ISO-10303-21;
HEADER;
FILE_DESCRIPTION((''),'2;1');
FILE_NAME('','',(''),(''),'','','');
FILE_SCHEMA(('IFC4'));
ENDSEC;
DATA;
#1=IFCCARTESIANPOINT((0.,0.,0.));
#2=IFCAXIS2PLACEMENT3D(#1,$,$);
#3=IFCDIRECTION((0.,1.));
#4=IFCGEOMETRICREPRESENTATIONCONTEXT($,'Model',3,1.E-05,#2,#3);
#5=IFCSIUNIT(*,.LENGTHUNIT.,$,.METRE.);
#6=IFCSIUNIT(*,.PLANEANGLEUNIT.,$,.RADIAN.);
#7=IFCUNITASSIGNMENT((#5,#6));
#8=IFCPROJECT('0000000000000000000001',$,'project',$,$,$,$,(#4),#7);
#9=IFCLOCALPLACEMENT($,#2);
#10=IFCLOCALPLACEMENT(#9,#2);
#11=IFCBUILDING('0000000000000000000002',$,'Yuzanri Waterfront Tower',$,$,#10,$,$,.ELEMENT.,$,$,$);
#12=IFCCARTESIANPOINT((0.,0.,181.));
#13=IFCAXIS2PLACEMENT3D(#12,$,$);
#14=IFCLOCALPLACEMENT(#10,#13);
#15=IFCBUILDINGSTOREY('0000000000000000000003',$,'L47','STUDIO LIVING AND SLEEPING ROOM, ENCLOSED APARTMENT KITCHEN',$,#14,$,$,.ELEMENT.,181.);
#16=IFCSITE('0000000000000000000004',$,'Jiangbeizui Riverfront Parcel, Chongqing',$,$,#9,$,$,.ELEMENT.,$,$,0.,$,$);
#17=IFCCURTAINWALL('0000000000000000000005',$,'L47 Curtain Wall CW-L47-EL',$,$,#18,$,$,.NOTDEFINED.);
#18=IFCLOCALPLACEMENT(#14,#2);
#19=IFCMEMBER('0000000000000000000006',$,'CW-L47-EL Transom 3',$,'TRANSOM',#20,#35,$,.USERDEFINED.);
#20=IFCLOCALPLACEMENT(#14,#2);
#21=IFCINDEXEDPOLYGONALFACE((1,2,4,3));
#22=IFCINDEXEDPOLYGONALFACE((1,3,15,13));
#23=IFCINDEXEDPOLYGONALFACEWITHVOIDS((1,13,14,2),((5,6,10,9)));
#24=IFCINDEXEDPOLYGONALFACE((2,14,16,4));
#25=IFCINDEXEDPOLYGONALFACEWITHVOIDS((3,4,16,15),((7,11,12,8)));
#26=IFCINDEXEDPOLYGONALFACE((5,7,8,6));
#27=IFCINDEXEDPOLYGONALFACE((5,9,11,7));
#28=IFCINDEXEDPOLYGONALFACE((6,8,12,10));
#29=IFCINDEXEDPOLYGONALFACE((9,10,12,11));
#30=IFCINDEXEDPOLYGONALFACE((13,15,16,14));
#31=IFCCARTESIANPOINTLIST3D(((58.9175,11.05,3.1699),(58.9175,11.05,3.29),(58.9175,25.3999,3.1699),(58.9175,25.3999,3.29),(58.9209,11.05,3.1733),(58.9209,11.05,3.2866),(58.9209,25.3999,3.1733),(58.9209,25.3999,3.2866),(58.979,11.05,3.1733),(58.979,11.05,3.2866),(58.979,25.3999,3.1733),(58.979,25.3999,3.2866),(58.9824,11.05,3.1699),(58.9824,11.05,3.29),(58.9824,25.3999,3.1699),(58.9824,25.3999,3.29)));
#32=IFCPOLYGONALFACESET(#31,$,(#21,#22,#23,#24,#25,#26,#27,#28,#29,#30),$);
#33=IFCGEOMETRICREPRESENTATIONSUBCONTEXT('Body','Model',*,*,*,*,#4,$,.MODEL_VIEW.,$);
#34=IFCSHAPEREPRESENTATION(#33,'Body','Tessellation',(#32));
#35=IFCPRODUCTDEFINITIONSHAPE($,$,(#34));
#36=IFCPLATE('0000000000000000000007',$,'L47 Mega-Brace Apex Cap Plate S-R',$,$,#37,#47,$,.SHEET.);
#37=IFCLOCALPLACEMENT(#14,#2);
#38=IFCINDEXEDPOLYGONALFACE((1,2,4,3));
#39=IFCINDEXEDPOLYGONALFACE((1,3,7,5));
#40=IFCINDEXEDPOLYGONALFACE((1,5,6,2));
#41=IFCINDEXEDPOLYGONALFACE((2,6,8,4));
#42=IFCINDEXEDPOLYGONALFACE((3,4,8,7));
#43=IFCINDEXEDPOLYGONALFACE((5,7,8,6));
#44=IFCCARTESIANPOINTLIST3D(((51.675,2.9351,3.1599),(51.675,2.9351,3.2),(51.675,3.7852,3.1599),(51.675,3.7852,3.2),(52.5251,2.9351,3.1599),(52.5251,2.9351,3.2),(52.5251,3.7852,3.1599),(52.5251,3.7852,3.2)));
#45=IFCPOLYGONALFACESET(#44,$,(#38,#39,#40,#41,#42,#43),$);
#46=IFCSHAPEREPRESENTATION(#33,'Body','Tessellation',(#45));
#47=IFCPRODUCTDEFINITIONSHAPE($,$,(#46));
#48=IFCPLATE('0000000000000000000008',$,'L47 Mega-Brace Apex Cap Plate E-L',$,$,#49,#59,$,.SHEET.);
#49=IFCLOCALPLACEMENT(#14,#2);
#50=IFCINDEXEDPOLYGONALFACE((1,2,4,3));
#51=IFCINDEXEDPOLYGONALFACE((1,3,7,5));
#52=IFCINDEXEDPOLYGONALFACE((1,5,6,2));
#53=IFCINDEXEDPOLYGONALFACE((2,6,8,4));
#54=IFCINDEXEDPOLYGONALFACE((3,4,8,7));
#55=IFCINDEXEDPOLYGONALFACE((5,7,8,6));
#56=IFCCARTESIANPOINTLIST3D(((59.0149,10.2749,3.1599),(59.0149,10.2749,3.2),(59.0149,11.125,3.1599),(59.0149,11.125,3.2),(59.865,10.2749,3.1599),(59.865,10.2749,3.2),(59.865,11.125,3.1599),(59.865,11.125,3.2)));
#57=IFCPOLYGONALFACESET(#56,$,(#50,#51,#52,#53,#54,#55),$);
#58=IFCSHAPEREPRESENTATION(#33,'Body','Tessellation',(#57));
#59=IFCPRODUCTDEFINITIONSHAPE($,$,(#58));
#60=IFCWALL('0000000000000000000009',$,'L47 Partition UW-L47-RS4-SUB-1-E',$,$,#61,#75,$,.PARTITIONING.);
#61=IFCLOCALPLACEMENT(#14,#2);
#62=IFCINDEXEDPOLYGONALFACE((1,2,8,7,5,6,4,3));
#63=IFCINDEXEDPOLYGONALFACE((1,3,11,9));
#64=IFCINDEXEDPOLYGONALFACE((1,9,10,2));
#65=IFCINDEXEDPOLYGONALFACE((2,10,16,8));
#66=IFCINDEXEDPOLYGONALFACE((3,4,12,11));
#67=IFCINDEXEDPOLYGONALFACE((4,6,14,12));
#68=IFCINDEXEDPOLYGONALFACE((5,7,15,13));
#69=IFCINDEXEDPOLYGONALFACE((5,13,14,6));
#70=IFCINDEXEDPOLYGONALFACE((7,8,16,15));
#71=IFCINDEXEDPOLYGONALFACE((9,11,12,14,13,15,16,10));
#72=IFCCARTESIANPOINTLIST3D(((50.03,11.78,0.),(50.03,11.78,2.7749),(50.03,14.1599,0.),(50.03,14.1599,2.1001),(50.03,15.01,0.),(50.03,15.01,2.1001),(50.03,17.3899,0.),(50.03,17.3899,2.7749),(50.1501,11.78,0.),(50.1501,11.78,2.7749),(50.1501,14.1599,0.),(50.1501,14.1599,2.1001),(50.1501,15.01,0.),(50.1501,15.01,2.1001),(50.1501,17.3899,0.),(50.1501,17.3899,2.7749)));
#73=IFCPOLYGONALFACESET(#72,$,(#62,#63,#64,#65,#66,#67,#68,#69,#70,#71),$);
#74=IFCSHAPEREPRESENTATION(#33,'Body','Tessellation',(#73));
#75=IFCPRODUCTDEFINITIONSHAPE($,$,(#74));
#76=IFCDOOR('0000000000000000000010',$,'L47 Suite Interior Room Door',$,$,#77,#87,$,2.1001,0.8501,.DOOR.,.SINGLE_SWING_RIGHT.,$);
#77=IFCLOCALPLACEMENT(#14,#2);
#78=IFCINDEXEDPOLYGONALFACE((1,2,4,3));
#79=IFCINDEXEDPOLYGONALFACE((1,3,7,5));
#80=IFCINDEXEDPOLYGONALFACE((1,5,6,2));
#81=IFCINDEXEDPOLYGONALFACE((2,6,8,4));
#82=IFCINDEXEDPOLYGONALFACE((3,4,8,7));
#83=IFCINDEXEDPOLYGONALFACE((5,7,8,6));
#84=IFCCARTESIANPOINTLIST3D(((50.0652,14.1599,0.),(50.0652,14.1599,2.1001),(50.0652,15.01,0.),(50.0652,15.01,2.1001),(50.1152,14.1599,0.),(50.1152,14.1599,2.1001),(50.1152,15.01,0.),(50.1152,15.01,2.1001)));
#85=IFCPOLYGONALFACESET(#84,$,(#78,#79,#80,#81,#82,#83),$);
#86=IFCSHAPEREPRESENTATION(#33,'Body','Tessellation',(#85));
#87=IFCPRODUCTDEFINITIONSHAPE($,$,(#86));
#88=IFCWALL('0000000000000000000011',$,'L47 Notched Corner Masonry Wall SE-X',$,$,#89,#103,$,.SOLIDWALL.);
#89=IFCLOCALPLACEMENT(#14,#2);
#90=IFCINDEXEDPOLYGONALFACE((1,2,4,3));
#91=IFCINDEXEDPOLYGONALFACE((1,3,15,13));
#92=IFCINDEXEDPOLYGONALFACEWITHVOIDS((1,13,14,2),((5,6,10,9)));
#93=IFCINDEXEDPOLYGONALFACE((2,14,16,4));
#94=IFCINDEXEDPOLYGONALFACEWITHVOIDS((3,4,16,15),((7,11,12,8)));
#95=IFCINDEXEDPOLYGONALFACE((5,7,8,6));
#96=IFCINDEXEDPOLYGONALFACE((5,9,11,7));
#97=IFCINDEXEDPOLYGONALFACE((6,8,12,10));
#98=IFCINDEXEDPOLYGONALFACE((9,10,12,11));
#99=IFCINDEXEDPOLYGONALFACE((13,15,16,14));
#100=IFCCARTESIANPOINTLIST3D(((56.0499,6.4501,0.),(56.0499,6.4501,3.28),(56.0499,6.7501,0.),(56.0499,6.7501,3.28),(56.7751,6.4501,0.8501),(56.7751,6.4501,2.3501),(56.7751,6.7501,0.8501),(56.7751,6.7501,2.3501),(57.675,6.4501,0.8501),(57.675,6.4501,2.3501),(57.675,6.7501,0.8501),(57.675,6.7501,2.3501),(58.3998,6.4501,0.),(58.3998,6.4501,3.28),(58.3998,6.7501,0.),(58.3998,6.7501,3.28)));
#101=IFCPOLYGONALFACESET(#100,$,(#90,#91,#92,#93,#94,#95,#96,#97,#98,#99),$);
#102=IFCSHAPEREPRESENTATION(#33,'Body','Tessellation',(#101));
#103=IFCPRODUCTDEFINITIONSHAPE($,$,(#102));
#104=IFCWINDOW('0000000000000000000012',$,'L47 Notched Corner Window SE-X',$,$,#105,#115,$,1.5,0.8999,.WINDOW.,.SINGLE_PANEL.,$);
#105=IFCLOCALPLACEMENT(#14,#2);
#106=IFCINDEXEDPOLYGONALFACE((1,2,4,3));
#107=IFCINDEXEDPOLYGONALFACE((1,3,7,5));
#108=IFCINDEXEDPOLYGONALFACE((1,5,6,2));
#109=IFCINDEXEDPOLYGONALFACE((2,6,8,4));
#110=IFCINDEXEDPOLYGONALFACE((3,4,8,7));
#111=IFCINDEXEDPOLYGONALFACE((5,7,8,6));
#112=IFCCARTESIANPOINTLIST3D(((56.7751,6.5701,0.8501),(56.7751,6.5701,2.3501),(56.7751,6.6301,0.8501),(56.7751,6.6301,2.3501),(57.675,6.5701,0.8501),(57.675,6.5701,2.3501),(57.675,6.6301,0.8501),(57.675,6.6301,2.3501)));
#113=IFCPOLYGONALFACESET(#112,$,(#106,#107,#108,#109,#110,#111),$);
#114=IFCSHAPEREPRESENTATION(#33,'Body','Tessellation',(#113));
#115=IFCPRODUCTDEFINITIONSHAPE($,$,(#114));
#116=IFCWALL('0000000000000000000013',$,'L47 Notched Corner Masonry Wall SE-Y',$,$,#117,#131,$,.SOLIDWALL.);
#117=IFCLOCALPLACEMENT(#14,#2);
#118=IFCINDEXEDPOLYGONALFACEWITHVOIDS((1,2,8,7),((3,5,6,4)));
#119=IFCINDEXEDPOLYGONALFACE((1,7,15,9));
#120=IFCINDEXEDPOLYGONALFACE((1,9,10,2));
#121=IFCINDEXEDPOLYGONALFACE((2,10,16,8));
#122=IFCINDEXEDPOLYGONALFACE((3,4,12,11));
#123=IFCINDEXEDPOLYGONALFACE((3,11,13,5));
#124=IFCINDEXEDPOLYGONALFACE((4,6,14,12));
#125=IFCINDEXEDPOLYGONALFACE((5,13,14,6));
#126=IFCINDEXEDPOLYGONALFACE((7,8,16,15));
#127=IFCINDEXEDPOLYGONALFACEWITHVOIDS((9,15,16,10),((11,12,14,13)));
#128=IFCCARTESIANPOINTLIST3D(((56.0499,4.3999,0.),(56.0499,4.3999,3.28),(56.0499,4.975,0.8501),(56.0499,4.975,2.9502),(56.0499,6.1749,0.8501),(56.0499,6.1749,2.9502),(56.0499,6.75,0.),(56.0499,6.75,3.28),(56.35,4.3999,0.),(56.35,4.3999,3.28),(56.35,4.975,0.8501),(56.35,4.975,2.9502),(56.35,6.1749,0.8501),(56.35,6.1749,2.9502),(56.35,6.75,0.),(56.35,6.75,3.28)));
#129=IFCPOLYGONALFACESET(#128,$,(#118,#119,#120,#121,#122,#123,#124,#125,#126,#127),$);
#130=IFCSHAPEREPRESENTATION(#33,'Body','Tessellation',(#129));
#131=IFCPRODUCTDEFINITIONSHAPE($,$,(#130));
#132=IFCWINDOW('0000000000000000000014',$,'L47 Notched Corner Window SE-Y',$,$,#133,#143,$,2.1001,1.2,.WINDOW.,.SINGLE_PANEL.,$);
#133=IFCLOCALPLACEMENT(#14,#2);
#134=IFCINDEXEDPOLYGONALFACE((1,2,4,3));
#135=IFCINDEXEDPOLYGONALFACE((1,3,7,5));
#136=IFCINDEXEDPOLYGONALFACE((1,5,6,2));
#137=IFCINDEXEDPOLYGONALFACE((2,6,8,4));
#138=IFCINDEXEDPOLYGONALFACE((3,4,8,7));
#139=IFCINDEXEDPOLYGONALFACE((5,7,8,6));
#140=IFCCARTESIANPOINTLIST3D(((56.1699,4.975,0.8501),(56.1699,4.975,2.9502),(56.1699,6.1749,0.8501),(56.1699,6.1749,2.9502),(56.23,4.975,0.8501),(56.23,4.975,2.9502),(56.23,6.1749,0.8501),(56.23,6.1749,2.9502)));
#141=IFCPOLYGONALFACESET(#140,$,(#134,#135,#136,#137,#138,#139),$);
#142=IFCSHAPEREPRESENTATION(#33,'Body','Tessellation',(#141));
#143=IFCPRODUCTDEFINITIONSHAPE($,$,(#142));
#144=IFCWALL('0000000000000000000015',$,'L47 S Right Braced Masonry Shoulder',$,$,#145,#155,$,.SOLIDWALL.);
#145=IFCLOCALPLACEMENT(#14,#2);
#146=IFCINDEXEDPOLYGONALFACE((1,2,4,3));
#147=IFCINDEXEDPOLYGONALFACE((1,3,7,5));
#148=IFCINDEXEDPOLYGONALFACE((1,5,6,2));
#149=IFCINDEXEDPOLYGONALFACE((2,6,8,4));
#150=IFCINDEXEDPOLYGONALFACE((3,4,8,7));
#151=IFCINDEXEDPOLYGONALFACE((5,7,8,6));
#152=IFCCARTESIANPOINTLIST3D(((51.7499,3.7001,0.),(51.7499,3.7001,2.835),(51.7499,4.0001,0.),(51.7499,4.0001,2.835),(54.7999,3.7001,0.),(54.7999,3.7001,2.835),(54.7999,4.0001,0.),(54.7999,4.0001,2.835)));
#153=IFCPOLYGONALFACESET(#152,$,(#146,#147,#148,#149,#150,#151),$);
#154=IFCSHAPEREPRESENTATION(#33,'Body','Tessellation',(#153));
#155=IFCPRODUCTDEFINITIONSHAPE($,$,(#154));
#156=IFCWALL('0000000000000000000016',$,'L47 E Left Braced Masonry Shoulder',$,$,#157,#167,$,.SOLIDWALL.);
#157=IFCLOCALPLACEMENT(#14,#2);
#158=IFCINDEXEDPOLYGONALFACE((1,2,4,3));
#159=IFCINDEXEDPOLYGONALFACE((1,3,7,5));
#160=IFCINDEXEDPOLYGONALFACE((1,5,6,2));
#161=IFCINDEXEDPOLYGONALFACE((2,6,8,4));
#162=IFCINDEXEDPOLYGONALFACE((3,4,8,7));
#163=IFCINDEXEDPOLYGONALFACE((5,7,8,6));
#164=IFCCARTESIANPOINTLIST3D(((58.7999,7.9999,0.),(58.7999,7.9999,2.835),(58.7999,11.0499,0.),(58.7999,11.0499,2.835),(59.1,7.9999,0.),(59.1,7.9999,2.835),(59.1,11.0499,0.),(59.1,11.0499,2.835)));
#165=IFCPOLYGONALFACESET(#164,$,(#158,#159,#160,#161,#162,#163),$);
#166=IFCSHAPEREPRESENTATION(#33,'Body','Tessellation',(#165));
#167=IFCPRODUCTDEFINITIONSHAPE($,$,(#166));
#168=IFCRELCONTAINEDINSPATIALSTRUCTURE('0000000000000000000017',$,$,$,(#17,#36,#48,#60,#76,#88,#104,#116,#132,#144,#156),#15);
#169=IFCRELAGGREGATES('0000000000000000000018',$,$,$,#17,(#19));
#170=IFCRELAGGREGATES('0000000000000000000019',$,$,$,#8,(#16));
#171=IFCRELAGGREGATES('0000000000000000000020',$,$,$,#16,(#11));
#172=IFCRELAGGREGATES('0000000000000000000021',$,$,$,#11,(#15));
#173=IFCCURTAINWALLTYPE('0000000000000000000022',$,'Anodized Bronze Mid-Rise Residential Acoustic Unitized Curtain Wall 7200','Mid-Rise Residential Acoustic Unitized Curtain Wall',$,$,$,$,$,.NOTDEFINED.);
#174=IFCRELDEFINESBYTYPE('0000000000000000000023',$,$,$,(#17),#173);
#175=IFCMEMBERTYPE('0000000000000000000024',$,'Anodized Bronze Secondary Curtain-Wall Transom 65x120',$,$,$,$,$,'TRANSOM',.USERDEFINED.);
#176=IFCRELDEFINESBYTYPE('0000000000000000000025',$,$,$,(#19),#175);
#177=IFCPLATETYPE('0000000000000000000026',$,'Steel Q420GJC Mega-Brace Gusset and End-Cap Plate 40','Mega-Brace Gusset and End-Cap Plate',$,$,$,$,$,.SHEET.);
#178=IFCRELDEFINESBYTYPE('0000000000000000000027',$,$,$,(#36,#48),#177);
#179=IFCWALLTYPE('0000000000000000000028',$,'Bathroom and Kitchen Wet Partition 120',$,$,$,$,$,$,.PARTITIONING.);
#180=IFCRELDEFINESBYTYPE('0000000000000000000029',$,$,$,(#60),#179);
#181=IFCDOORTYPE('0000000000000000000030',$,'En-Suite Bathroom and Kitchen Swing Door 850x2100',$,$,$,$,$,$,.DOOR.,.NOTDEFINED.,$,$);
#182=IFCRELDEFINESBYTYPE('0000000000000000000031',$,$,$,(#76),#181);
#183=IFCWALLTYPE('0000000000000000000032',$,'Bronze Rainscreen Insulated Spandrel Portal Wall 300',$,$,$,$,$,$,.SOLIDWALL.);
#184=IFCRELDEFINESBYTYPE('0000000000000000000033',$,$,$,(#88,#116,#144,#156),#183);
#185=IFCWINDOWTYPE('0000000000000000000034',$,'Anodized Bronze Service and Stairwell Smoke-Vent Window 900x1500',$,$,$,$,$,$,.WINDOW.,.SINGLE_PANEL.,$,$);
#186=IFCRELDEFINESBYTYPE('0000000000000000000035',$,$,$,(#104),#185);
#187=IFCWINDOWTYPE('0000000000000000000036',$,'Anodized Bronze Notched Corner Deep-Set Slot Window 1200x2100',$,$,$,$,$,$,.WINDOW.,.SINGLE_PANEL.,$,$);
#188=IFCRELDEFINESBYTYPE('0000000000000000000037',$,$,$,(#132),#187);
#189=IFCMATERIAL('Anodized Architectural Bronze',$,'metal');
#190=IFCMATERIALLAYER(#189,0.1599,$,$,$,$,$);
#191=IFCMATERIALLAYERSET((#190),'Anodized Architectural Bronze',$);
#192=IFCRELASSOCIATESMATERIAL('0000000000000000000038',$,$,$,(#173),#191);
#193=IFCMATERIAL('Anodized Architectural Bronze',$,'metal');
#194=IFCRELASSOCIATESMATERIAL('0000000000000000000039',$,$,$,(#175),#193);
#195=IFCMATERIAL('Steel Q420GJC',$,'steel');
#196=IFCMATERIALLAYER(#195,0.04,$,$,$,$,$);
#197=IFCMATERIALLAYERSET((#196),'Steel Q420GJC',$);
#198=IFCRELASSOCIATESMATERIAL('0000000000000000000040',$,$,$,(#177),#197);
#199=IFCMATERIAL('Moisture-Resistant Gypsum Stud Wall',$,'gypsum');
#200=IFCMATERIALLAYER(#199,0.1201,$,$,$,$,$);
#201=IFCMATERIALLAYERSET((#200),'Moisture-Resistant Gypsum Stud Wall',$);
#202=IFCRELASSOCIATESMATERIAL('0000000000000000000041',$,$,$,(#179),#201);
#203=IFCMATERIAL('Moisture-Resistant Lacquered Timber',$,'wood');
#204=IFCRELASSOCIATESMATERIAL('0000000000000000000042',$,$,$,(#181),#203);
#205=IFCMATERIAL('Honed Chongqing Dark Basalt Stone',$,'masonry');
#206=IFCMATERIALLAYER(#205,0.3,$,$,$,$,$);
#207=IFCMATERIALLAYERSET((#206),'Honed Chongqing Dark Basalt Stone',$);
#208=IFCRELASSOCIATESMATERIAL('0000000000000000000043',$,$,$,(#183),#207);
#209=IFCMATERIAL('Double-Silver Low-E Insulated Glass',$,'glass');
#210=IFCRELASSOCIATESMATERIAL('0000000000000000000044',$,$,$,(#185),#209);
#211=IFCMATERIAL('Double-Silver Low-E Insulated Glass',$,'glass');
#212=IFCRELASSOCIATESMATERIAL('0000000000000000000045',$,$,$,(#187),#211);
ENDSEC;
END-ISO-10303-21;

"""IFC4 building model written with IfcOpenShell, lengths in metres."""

from ifc_helpers import new_model, si_unit, direction, frame, frame_2d, origin, origin_2d, place, context, subcontext, project, spatial, rectangle, hollow_rectangle, extrude, source, transform, mapped, material, layer, layer_set, material_profile, profile_set, type_object, element, fill, aggregate, save


model = new_model("IFC4")

# Units and contexts
model_context = context("Model", 3, precision=1e-05, world=origin(), true_north=direction((0.0, 1.0)))
body_context = subcontext(model_context, "Body", "Model", "MODEL_VIEW")
ifc_project = project(units=[si_unit("LENGTHUNIT", "METRE"), si_unit("PLANEANGLEUNIT", "RADIAN")], contexts=[model_context])

# Site, building, storey
site_placement = place(None, origin())
site = spatial("IfcSite", under=ifc_project, at=site_placement, Name="Jiangbeizui Riverfront Parcel, Chongqing", CompositionType="ELEMENT", RefElevation=0.0)
building_placement = place(site_placement, origin())
building = spatial("IfcBuilding", under=site, at=building_placement, Name="Yuzanri Waterfront Tower", CompositionType="ELEMENT")
storey_placement = place(building_placement, frame((0.0, 0.0, 181.0)))
storey = spatial("IfcBuildingStorey", under=building, at=storey_placement, Name="L47", Description="STUDIO LIVING AND SLEEPING ROOM, ENCLOSED APARTMENT KITCHEN", CompositionType="ELEMENT", Elevation=181.0)

# Curtain wall, member
ifc_material_1 = material(Name="Anodized Architectural Bronze", Category="metal")
ifc_layer_1 = layer(ifc_material_1, 0.1599)
ifc_layer_set_1 = layer_set([ifc_layer_1], Name="Anodized Architectural Bronze")
curtain_wall_type = type_object("IfcCurtainWallType", Name="Anodized Bronze Mid-Rise Residential Acoustic Unitized Curtain Wall 7200", Description="Mid-Rise Residential Acoustic Unitized Curtain Wall", PredefinedType="NOTDEFINED", material=ifc_layer_set_1)
curtain_wall_1_placement = place(storey_placement, origin())
curtain_wall_1 = element("IfcCurtainWall", 1, at=curtain_wall_1_placement, inside=storey, type_object=curtain_wall_type, Name="L47 Curtain Wall CW-L47-EL", PredefinedType="NOTDEFINED")
ifc_material_2 = material(Name="Anodized Architectural Bronze", Category="metal")
ifc_material_profile_1 = material_profile(ifc_material_2, hollow_rectangle(XDim=0.0649, YDim=0.1201, WallThickness=0.0034, at=origin_2d()), Name="CWT 65x120")
ifc_profile_set_1 = profile_set([ifc_material_profile_1], Name="Anodized Architectural Bronze")
member_type_1 = type_object("IfcMemberType", Name="Anodized Bronze Secondary Curtain-Wall Transom 65x120", ElementType="TRANSOM", PredefinedType="USERDEFINED", material=ifc_profile_set_1)
shared_shape_1 = source(origin(), body_context, "Body", "SweptSolid", [
    extrude(hollow_rectangle(XDim=0.0649, YDim=0.1201, WallThickness=0.0034, at=origin_2d()), origin(), (0.0, 0.0, 1.0), 14.3499),
])
member_1_placement = place(storey_placement, frame((58.95, 11.05, 3.23), z_axis=(0.0, 1.0, 0.0), x_axis=(-1.0, 0.0, 0.0)))
member_1 = element("IfcMember", 2, at=member_1_placement, type_object=member_type_1, Name="CW-L47-EL Transom 3", ObjectType="TRANSOM", PredefinedType="USERDEFINED", context=body_context, shape_type="MappedRepresentation", body=[
    mapped(shared_shape_1, transform((0.0, 0.0, 0.0), scale=1.0)),
])
aggregate(curtain_wall_1, [member_1])

# Plates
ifc_material_3 = material(Name="Steel Q420GJC", Category="steel")
ifc_layer_2 = layer(ifc_material_3, 0.04)
ifc_layer_set_2 = layer_set([ifc_layer_2], Name="Steel Q420GJC")
plate_type = type_object("IfcPlateType", Name="Steel Q420GJC Mega-Brace Gusset and End-Cap Plate 40", Description="Mega-Brace Gusset and End-Cap Plate", PredefinedType="SHEET", material=ifc_layer_set_2)
shared_shape_2 = source(origin(), body_context, "Body", "SweptSolid", [
    extrude(rectangle(XDim=0.8501, YDim=0.8501, at=origin_2d()), origin(), (0.0, 0.0, 1.0), 0.04),
])
for number, where, z_axis, x_axis, name in (
    (3, (52.1001, 3.3601, 3.1599), (0.0, 0.0, 1.0), (1.0, 0.0, 0.0), "L47 Mega-Brace Apex Cap Plate S-R"),
    (4, (59.4399, 10.7, 3.1599), (0.0, 0.0, 1.0), (1.0, 0.0, 0.0), "L47 Mega-Brace Apex Cap Plate E-L"),
):
    element("IfcPlate", number, at=place(storey_placement, frame(where, z_axis=z_axis, x_axis=x_axis)), inside=storey, type_object=plate_type, Name=name, PredefinedType="SHEET", context=body_context, shape_type="MappedRepresentation", body=[
        mapped(shared_shape_2, transform((0.0, 0.0, 0.0), scale=1.0)),
    ])

# Wall, opening, door
ifc_material_4 = material(Name="Moisture-Resistant Gypsum Stud Wall", Category="gypsum")
ifc_layer_3 = layer(ifc_material_4, 0.1201)
ifc_layer_set_3 = layer_set([ifc_layer_3], Name="Moisture-Resistant Gypsum Stud Wall")
wall_type_1 = type_object("IfcWallType", Name="Bathroom and Kitchen Wet Partition 120", PredefinedType="PARTITIONING", material=ifc_layer_set_3)
wall_1_placement = place(storey_placement, frame((50.0901, 11.78, 0.0), z_axis=(0.0, 0.0, 1.0), x_axis=(0.0, 1.0, 0.0)))
wall_1 = element("IfcWall", 5, at=wall_1_placement, inside=storey, type_object=wall_type_1, Name="L47 Partition UW-L47-RS4-SUB-1-E", PredefinedType="PARTITIONING", context=body_context, shape_type="SweptSolid", body=[
    extrude(rectangle(XDim=5.6099, YDim=0.1201, at=frame_2d((2.8049, 0.0))), origin(), (0.0, 0.0, 1.0), 2.7749),
])
opening_1_placement = place(wall_1_placement, frame((2.3799, 0.0, 0.0)))
opening_1 = element("IfcOpeningElement", 6, at=opening_1_placement, cuts=wall_1, PredefinedType="OPENING", context=body_context, shape_type="SweptSolid", body=[
    extrude(rectangle(XDim=0.8501, YDim=2.1001, at=frame_2d((0.425, 1.05))), frame((0.0, 0.075, 0.0), z_axis=(0.0, -1.0, 0.0), x_axis=(1.0, 0.0, 0.0)), (0.0, 0.0, 1.0), 0.1499),
])
ifc_material_5 = material(Name="Moisture-Resistant Lacquered Timber", Category="wood")
door_type = type_object("IfcDoorType", Name="En-Suite Bathroom and Kitchen Swing Door 850x2100", OperationType="NOTDEFINED", PredefinedType="DOOR", material=ifc_material_5)
shared_shape_3 = source(origin(), body_context, "Body", "SweptSolid", [
    extrude(rectangle(XDim=0.8501, YDim=2.1001, at=frame_2d((0.425, 1.05))), frame((0.0, 0.0249, 0.0), z_axis=(0.0, -1.0, 0.0), x_axis=(1.0, 0.0, 0.0)), (0.0, 0.0, 1.0), 0.05),
])
door_placement = place(opening_1_placement, origin())
door = element("IfcDoor", 7, at=door_placement, inside=storey, type_object=door_type, Name="L47 Suite Interior Room Door", OperationType="SINGLE_SWING_RIGHT", OverallHeight=2.1001, OverallWidth=0.8501, PredefinedType="DOOR", context=body_context, shape_type="MappedRepresentation", body=[
    mapped(shared_shape_3, transform((0.0, 0.0, 0.0), scale=1.0)),
])
fill(opening_1, door)

# Walls, openings, windows
ifc_material_6 = material(Name="Honed Chongqing Dark Basalt Stone", Category="masonry")
ifc_layer_4 = layer(ifc_material_6, 0.3)
ifc_layer_set_4 = layer_set([ifc_layer_4], Name="Honed Chongqing Dark Basalt Stone")
wall_type_2 = type_object("IfcWallType", Name="Bronze Rainscreen Insulated Spandrel Portal Wall 300", PredefinedType="SOLIDWALL", material=ifc_layer_set_4)
wall_2_placement = place(storey_placement, frame((56.05, 6.6001, 0.0), z_axis=(0.0, 0.0, 1.0), x_axis=(1.0, 0.0, 0.0)))
wall_2 = element("IfcWall", 8, at=wall_2_placement, inside=storey, type_object=wall_type_2, Name="L47 Notched Corner Masonry Wall SE-X", PredefinedType="SOLIDWALL", context=body_context, shape_type="SweptSolid", body=[
    extrude(rectangle(XDim=2.3499, YDim=0.3, at=frame_2d((1.1748, 0.0))), origin(), (0.0, 0.0, 1.0), 3.28),
])
opening_2_placement = place(wall_2_placement, frame((0.7251, 0.0, 0.8501)))
opening_2 = element("IfcOpeningElement", 9, at=opening_2_placement, cuts=wall_2, PredefinedType="OPENING", context=body_context, shape_type="SweptSolid", body=[
    extrude(rectangle(XDim=0.8999, YDim=1.5, at=frame_2d((0.45, 0.75))), frame((0.0, 0.165, 0.0), z_axis=(0.0, -1.0, 0.0), x_axis=(1.0, 0.0, 0.0)), (0.0, 0.0, 1.0), 0.3298),
])
ifc_material_7 = material(Name="Double-Silver Low-E Insulated Glass", Category="glass")
window_type_1 = type_object("IfcWindowType", Name="Anodized Bronze Service and Stairwell Smoke-Vent Window 900x1500", PartitioningType="SINGLE_PANEL", PredefinedType="WINDOW", material=ifc_material_7)
shared_shape_4 = source(origin(), body_context, "Body", "SweptSolid", [
    extrude(rectangle(XDim=0.8999, YDim=1.5, at=frame_2d((0.45, 0.75))), frame((0.0, 0.03, 0.0), z_axis=(0.0, -1.0, 0.0), x_axis=(1.0, 0.0, 0.0)), (0.0, 0.0, 1.0), 0.0601),
])
window_1_placement = place(opening_2_placement, origin())
window_1 = element("IfcWindow", 10, at=window_1_placement, inside=storey, type_object=window_type_1, Name="L47 Notched Corner Window SE-X", OverallHeight=1.5, OverallWidth=0.8999, PartitioningType="SINGLE_PANEL", PredefinedType="WINDOW", context=body_context, shape_type="MappedRepresentation", body=[
    mapped(shared_shape_4, transform((0.0, 0.0, 0.0), scale=1.0)),
])
fill(opening_2, window_1)
wall_3_placement = place(storey_placement, frame((56.2, 4.3999, 0.0), z_axis=(0.0, 0.0, 1.0), x_axis=(0.0, 1.0, 0.0)))
wall_3 = element("IfcWall", 11, at=wall_3_placement, inside=storey, type_object=wall_type_2, Name="L47 Notched Corner Masonry Wall SE-Y", PredefinedType="SOLIDWALL", context=body_context, shape_type="SweptSolid", body=[
    extrude(rectangle(XDim=2.3501, YDim=0.3, at=frame_2d((1.175, 0.0))), origin(), (0.0, 0.0, 1.0), 3.28),
])
opening_3_placement = place(wall_3_placement, frame((0.575, 0.0, 0.8501)))
opening_3 = element("IfcOpeningElement", 12, at=opening_3_placement, cuts=wall_3, PredefinedType="OPENING", context=body_context, shape_type="SweptSolid", body=[
    extrude(rectangle(XDim=1.2, YDim=2.1001, at=frame_2d((0.6001, 1.05))), frame((0.0, 0.165, 0.0), z_axis=(0.0, -1.0, 0.0), x_axis=(1.0, 0.0, 0.0)), (0.0, 0.0, 1.0), 0.3298),
])
ifc_material_8 = material(Name="Double-Silver Low-E Insulated Glass", Category="glass")
window_type_2 = type_object("IfcWindowType", Name="Anodized Bronze Notched Corner Deep-Set Slot Window 1200x2100", PartitioningType="SINGLE_PANEL", PredefinedType="WINDOW", material=ifc_material_8)
shared_shape_5 = source(origin(), body_context, "Body", "SweptSolid", [
    extrude(rectangle(XDim=1.2, YDim=2.1001, at=frame_2d((0.6001, 1.05))), frame((0.0, 0.03, 0.0), z_axis=(0.0, -1.0, 0.0), x_axis=(1.0, 0.0, 0.0)), (0.0, 0.0, 1.0), 0.0601),
])
window_2_placement = place(opening_3_placement, origin())
window_2 = element("IfcWindow", 13, at=window_2_placement, inside=storey, type_object=window_type_2, Name="L47 Notched Corner Window SE-Y", OverallHeight=2.1001, OverallWidth=1.2, PartitioningType="SINGLE_PANEL", PredefinedType="WINDOW", context=body_context, shape_type="MappedRepresentation", body=[
    mapped(shared_shape_5, transform((0.0, 0.0, 0.0), scale=1.0)),
])
fill(opening_3, window_2)

# Walls
shared_shape_6 = source(origin(), body_context, "Body", "SweptSolid", [
    extrude(rectangle(XDim=3.05, YDim=0.3, at=frame_2d((1.5249, 0.0))), origin(), (0.0, 0.0, 1.0), 2.835),
])
for number, where, z_axis, x_axis, name in (
    (14, (51.75, 3.8501, 0.0), (0.0, 0.0, 1.0), (1.0, 0.0, 0.0), "L47 S Right Braced Masonry Shoulder"),
    (15, (58.95, 8.0, 0.0), (0.0, 0.0, 1.0), (0.0, 1.0, 0.0), "L47 E Left Braced Masonry Shoulder"),
):
    element("IfcWall", number, at=place(storey_placement, frame(where, z_axis=z_axis, x_axis=x_axis)), inside=storey, type_object=wall_type_2, Name=name, PredefinedType="SOLIDWALL", context=body_context, shape_type="MappedRepresentation", body=[
        mapped(shared_shape_6, transform((0.0, 0.0, 0.0), scale=1.0)),
    ])

save(model, "model.ifc")
